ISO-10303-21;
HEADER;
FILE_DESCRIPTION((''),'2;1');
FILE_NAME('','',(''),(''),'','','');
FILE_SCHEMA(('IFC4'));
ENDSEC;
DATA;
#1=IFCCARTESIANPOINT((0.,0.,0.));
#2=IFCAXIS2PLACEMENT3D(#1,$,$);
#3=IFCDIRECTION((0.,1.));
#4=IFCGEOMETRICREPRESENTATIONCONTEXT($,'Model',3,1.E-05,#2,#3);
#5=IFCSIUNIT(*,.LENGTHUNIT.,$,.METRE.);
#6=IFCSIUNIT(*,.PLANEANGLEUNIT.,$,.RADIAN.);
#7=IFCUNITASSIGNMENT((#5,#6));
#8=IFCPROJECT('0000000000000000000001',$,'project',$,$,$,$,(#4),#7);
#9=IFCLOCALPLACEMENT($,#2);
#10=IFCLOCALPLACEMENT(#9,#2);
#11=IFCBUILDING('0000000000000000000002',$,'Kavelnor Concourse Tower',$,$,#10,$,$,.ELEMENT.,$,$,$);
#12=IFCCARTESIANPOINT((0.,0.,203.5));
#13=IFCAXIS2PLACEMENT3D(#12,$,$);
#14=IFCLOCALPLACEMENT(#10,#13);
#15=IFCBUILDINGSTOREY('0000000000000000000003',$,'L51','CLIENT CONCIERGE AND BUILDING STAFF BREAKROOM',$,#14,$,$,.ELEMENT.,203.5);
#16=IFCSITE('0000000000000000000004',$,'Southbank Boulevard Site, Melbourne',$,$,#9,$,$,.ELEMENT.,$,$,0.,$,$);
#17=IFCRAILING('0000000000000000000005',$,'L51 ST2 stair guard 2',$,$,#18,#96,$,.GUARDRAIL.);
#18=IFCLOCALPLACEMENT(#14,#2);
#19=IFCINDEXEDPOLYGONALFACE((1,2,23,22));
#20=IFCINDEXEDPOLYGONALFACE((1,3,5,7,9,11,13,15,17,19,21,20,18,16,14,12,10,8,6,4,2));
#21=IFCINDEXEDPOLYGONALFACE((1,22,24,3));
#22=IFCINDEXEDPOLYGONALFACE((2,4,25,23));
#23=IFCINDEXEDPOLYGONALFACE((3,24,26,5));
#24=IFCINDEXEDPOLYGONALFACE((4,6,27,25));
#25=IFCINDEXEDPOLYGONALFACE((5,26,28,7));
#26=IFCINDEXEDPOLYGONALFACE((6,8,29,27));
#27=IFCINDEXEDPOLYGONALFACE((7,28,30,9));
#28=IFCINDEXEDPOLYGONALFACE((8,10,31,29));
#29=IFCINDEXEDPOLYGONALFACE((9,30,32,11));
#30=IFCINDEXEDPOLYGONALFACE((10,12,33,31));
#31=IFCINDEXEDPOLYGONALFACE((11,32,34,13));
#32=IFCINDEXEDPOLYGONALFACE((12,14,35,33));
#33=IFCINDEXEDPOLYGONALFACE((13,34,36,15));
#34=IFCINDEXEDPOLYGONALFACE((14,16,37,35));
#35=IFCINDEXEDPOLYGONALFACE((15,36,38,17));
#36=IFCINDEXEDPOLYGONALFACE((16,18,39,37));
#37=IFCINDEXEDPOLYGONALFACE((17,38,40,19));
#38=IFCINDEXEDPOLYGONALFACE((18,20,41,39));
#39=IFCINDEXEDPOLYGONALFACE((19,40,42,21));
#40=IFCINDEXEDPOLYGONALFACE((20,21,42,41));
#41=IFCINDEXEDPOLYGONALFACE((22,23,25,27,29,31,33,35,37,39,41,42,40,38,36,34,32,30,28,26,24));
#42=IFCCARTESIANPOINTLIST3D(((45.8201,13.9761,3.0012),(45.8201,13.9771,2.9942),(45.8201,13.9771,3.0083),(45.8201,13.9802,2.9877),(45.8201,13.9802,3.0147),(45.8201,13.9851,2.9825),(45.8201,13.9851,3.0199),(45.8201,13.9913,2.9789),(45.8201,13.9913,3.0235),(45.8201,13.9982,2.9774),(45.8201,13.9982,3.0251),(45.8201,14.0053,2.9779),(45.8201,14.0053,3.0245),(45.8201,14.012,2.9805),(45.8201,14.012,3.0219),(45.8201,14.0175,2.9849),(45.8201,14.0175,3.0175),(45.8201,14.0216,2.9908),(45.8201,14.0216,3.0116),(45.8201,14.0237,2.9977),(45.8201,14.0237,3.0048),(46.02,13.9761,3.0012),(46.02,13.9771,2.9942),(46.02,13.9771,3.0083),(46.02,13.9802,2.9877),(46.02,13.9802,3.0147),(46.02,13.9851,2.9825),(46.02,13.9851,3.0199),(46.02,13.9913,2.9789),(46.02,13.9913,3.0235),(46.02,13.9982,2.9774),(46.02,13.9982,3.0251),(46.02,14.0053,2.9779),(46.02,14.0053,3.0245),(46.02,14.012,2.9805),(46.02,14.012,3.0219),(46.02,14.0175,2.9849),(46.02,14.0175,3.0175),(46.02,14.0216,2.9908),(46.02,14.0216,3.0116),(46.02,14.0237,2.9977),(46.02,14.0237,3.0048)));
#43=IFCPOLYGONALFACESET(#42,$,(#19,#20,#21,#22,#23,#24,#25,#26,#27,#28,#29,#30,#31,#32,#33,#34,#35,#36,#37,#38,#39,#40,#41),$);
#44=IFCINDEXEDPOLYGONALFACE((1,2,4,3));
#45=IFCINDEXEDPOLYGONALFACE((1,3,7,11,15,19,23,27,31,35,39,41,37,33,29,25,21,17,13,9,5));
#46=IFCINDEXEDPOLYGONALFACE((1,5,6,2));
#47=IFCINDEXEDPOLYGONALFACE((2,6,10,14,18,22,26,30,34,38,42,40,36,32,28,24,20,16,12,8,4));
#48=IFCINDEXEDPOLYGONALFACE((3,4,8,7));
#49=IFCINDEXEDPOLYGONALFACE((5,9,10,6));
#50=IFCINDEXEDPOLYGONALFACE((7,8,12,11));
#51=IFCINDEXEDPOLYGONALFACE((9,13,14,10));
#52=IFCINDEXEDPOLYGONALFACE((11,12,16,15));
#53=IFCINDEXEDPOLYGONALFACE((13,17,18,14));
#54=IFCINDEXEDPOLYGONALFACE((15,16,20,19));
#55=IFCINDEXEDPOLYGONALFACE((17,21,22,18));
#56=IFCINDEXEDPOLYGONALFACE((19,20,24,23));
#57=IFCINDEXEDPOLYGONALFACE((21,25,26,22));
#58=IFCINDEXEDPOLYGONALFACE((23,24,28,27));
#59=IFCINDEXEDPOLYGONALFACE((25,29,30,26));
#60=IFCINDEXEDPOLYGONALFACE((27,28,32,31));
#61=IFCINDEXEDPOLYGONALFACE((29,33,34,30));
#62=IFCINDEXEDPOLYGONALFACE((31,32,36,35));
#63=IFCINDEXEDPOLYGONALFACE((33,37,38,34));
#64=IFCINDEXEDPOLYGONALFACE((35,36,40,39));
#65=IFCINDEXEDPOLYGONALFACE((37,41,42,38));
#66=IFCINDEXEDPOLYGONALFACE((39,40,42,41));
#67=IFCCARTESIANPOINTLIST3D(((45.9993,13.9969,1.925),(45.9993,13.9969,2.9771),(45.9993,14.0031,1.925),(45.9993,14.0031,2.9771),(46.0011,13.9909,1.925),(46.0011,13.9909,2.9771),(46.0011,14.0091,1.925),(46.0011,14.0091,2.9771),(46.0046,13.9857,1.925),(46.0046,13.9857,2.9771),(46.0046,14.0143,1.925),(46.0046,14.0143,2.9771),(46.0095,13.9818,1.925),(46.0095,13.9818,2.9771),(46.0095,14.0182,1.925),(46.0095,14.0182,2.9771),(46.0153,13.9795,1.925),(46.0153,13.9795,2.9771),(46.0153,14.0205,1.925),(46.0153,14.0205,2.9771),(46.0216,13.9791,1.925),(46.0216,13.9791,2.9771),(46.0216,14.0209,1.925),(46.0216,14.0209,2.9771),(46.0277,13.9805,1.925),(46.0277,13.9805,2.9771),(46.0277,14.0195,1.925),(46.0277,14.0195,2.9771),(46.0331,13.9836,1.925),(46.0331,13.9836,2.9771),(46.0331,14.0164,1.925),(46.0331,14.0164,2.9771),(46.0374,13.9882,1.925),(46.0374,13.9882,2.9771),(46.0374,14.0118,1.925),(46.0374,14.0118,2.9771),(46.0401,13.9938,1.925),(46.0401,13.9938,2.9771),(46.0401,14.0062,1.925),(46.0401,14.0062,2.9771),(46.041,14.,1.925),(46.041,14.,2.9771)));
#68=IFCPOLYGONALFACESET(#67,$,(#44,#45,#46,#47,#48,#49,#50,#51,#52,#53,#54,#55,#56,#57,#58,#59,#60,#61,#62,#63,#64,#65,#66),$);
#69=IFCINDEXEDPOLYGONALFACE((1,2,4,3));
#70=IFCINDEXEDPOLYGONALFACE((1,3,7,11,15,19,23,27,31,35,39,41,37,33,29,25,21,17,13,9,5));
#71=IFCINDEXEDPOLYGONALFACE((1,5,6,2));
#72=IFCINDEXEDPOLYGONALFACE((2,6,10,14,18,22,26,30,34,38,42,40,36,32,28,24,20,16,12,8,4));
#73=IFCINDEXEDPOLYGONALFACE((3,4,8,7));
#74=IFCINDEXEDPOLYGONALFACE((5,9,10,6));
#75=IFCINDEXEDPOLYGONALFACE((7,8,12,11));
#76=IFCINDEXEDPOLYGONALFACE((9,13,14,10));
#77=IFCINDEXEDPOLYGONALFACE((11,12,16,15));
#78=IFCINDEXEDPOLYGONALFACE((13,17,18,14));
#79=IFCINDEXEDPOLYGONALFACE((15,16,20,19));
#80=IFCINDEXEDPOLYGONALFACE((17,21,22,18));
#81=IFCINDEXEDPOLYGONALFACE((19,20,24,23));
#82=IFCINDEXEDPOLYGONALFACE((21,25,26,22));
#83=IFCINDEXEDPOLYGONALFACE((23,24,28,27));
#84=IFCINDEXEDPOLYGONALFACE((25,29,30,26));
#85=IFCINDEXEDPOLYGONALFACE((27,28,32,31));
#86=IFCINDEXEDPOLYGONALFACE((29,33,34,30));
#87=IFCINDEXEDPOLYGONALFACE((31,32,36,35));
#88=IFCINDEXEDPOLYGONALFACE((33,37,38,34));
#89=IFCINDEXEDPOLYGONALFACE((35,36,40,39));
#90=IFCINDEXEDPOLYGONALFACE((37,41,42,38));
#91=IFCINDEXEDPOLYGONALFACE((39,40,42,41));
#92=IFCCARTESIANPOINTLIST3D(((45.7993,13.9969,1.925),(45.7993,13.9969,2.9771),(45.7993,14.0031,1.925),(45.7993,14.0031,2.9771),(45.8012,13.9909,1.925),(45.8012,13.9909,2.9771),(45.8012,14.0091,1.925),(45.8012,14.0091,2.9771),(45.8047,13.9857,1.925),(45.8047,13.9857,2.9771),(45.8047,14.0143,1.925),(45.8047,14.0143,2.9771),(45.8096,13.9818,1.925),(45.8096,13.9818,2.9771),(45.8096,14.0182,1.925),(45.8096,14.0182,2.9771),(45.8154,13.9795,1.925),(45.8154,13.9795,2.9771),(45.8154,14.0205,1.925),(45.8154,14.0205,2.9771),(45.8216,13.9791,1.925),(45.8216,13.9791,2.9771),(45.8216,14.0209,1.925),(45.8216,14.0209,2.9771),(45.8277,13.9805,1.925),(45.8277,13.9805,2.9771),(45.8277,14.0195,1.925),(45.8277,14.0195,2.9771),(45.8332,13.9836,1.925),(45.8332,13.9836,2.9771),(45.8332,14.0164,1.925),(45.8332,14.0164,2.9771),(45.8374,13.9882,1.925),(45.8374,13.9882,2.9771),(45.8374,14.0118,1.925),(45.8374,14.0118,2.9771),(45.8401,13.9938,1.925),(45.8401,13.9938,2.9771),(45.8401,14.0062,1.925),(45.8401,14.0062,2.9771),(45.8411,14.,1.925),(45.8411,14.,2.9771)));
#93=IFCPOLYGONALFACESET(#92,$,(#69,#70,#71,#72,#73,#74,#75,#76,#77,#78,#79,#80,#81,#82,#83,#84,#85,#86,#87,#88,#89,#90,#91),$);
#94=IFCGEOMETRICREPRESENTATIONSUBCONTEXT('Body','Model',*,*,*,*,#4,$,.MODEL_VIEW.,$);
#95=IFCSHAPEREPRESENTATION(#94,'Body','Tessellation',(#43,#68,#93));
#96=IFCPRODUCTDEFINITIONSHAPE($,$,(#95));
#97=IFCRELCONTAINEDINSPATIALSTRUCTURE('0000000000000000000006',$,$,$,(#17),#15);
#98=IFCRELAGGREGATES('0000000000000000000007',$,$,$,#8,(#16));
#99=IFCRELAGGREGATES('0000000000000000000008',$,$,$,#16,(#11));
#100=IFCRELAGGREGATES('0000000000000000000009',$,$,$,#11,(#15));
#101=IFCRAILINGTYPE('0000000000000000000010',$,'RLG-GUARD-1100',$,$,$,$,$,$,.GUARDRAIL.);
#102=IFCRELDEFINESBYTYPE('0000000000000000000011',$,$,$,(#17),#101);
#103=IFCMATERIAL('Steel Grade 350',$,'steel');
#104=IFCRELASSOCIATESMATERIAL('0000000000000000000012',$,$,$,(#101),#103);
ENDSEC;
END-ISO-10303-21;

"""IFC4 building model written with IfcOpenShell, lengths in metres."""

from ifc_helpers import new_model, si_unit, direction, frame, origin, origin_2d, place, context, subcontext, project, spatial, circle, extrude, material, type_object, element, save


model = new_model("IFC4")

# Units and contexts
model_context = context("Model", 3, precision=1e-05, world=origin(), true_north=direction((0.0, 1.0)))
body_context = subcontext(model_context, "Body", "Model", "MODEL_VIEW")
ifc_project = project(units=[si_unit("LENGTHUNIT", "METRE"), si_unit("PLANEANGLEUNIT", "RADIAN")], contexts=[model_context])

# Site, building, storey
site_placement = place(None, origin())
site = spatial("IfcSite", under=ifc_project, at=site_placement, Name="Southbank Boulevard Site, Melbourne", CompositionType="ELEMENT", RefElevation=0.0)
building_placement = place(site_placement, origin())
building = spatial("IfcBuilding", under=site, at=building_placement, Name="Kavelnor Concourse Tower", CompositionType="ELEMENT")
storey_placement = place(building_placement, frame((0.0, 0.0, 203.5)))
storey = spatial("IfcBuildingStorey", under=building, at=storey_placement, Name="L51", Description="CLIENT CONCIERGE AND BUILDING STAFF BREAKROOM", CompositionType="ELEMENT", Elevation=203.5)

# Shared definitions
ifc_material_1 = material(Name="Steel Grade 350", Category="steel")

# Railing
railing_type_1 = type_object("IfcRailingType", Name="RLG-GUARD-1100", PredefinedType="GUARDRAIL", material=ifc_material_1)
railing_1_placement = place(storey_placement, frame((46.02, 14.0, 1.925)))
element("IfcRailing", 1, at=railing_1_placement, inside=storey, type_object=railing_type_1, Name="L51 ST2 stair guard 2", PredefinedType="GUARDRAIL", context=body_context, shape_type="SweptSolid", body=[
    extrude(circle(Radius=0.0239, at=origin_2d()), frame((0.0, 0.0, 1.0762), z_axis=(-1.0, 0.0, 0.0), x_axis=(0.0, -1.0, 0.0)), (0.0, 0.0, 1.0), 0.2),
    extrude(circle(Radius=0.021, at=origin_2d()), origin(), (0.0, 0.0, 1.0), 1.052),
    extrude(circle(Radius=0.021, at=origin_2d()), frame((-0.2, 0.0, 0.0)), (0.0, 0.0, 1.0), 1.052),
])

save(model, "model.ifc")
